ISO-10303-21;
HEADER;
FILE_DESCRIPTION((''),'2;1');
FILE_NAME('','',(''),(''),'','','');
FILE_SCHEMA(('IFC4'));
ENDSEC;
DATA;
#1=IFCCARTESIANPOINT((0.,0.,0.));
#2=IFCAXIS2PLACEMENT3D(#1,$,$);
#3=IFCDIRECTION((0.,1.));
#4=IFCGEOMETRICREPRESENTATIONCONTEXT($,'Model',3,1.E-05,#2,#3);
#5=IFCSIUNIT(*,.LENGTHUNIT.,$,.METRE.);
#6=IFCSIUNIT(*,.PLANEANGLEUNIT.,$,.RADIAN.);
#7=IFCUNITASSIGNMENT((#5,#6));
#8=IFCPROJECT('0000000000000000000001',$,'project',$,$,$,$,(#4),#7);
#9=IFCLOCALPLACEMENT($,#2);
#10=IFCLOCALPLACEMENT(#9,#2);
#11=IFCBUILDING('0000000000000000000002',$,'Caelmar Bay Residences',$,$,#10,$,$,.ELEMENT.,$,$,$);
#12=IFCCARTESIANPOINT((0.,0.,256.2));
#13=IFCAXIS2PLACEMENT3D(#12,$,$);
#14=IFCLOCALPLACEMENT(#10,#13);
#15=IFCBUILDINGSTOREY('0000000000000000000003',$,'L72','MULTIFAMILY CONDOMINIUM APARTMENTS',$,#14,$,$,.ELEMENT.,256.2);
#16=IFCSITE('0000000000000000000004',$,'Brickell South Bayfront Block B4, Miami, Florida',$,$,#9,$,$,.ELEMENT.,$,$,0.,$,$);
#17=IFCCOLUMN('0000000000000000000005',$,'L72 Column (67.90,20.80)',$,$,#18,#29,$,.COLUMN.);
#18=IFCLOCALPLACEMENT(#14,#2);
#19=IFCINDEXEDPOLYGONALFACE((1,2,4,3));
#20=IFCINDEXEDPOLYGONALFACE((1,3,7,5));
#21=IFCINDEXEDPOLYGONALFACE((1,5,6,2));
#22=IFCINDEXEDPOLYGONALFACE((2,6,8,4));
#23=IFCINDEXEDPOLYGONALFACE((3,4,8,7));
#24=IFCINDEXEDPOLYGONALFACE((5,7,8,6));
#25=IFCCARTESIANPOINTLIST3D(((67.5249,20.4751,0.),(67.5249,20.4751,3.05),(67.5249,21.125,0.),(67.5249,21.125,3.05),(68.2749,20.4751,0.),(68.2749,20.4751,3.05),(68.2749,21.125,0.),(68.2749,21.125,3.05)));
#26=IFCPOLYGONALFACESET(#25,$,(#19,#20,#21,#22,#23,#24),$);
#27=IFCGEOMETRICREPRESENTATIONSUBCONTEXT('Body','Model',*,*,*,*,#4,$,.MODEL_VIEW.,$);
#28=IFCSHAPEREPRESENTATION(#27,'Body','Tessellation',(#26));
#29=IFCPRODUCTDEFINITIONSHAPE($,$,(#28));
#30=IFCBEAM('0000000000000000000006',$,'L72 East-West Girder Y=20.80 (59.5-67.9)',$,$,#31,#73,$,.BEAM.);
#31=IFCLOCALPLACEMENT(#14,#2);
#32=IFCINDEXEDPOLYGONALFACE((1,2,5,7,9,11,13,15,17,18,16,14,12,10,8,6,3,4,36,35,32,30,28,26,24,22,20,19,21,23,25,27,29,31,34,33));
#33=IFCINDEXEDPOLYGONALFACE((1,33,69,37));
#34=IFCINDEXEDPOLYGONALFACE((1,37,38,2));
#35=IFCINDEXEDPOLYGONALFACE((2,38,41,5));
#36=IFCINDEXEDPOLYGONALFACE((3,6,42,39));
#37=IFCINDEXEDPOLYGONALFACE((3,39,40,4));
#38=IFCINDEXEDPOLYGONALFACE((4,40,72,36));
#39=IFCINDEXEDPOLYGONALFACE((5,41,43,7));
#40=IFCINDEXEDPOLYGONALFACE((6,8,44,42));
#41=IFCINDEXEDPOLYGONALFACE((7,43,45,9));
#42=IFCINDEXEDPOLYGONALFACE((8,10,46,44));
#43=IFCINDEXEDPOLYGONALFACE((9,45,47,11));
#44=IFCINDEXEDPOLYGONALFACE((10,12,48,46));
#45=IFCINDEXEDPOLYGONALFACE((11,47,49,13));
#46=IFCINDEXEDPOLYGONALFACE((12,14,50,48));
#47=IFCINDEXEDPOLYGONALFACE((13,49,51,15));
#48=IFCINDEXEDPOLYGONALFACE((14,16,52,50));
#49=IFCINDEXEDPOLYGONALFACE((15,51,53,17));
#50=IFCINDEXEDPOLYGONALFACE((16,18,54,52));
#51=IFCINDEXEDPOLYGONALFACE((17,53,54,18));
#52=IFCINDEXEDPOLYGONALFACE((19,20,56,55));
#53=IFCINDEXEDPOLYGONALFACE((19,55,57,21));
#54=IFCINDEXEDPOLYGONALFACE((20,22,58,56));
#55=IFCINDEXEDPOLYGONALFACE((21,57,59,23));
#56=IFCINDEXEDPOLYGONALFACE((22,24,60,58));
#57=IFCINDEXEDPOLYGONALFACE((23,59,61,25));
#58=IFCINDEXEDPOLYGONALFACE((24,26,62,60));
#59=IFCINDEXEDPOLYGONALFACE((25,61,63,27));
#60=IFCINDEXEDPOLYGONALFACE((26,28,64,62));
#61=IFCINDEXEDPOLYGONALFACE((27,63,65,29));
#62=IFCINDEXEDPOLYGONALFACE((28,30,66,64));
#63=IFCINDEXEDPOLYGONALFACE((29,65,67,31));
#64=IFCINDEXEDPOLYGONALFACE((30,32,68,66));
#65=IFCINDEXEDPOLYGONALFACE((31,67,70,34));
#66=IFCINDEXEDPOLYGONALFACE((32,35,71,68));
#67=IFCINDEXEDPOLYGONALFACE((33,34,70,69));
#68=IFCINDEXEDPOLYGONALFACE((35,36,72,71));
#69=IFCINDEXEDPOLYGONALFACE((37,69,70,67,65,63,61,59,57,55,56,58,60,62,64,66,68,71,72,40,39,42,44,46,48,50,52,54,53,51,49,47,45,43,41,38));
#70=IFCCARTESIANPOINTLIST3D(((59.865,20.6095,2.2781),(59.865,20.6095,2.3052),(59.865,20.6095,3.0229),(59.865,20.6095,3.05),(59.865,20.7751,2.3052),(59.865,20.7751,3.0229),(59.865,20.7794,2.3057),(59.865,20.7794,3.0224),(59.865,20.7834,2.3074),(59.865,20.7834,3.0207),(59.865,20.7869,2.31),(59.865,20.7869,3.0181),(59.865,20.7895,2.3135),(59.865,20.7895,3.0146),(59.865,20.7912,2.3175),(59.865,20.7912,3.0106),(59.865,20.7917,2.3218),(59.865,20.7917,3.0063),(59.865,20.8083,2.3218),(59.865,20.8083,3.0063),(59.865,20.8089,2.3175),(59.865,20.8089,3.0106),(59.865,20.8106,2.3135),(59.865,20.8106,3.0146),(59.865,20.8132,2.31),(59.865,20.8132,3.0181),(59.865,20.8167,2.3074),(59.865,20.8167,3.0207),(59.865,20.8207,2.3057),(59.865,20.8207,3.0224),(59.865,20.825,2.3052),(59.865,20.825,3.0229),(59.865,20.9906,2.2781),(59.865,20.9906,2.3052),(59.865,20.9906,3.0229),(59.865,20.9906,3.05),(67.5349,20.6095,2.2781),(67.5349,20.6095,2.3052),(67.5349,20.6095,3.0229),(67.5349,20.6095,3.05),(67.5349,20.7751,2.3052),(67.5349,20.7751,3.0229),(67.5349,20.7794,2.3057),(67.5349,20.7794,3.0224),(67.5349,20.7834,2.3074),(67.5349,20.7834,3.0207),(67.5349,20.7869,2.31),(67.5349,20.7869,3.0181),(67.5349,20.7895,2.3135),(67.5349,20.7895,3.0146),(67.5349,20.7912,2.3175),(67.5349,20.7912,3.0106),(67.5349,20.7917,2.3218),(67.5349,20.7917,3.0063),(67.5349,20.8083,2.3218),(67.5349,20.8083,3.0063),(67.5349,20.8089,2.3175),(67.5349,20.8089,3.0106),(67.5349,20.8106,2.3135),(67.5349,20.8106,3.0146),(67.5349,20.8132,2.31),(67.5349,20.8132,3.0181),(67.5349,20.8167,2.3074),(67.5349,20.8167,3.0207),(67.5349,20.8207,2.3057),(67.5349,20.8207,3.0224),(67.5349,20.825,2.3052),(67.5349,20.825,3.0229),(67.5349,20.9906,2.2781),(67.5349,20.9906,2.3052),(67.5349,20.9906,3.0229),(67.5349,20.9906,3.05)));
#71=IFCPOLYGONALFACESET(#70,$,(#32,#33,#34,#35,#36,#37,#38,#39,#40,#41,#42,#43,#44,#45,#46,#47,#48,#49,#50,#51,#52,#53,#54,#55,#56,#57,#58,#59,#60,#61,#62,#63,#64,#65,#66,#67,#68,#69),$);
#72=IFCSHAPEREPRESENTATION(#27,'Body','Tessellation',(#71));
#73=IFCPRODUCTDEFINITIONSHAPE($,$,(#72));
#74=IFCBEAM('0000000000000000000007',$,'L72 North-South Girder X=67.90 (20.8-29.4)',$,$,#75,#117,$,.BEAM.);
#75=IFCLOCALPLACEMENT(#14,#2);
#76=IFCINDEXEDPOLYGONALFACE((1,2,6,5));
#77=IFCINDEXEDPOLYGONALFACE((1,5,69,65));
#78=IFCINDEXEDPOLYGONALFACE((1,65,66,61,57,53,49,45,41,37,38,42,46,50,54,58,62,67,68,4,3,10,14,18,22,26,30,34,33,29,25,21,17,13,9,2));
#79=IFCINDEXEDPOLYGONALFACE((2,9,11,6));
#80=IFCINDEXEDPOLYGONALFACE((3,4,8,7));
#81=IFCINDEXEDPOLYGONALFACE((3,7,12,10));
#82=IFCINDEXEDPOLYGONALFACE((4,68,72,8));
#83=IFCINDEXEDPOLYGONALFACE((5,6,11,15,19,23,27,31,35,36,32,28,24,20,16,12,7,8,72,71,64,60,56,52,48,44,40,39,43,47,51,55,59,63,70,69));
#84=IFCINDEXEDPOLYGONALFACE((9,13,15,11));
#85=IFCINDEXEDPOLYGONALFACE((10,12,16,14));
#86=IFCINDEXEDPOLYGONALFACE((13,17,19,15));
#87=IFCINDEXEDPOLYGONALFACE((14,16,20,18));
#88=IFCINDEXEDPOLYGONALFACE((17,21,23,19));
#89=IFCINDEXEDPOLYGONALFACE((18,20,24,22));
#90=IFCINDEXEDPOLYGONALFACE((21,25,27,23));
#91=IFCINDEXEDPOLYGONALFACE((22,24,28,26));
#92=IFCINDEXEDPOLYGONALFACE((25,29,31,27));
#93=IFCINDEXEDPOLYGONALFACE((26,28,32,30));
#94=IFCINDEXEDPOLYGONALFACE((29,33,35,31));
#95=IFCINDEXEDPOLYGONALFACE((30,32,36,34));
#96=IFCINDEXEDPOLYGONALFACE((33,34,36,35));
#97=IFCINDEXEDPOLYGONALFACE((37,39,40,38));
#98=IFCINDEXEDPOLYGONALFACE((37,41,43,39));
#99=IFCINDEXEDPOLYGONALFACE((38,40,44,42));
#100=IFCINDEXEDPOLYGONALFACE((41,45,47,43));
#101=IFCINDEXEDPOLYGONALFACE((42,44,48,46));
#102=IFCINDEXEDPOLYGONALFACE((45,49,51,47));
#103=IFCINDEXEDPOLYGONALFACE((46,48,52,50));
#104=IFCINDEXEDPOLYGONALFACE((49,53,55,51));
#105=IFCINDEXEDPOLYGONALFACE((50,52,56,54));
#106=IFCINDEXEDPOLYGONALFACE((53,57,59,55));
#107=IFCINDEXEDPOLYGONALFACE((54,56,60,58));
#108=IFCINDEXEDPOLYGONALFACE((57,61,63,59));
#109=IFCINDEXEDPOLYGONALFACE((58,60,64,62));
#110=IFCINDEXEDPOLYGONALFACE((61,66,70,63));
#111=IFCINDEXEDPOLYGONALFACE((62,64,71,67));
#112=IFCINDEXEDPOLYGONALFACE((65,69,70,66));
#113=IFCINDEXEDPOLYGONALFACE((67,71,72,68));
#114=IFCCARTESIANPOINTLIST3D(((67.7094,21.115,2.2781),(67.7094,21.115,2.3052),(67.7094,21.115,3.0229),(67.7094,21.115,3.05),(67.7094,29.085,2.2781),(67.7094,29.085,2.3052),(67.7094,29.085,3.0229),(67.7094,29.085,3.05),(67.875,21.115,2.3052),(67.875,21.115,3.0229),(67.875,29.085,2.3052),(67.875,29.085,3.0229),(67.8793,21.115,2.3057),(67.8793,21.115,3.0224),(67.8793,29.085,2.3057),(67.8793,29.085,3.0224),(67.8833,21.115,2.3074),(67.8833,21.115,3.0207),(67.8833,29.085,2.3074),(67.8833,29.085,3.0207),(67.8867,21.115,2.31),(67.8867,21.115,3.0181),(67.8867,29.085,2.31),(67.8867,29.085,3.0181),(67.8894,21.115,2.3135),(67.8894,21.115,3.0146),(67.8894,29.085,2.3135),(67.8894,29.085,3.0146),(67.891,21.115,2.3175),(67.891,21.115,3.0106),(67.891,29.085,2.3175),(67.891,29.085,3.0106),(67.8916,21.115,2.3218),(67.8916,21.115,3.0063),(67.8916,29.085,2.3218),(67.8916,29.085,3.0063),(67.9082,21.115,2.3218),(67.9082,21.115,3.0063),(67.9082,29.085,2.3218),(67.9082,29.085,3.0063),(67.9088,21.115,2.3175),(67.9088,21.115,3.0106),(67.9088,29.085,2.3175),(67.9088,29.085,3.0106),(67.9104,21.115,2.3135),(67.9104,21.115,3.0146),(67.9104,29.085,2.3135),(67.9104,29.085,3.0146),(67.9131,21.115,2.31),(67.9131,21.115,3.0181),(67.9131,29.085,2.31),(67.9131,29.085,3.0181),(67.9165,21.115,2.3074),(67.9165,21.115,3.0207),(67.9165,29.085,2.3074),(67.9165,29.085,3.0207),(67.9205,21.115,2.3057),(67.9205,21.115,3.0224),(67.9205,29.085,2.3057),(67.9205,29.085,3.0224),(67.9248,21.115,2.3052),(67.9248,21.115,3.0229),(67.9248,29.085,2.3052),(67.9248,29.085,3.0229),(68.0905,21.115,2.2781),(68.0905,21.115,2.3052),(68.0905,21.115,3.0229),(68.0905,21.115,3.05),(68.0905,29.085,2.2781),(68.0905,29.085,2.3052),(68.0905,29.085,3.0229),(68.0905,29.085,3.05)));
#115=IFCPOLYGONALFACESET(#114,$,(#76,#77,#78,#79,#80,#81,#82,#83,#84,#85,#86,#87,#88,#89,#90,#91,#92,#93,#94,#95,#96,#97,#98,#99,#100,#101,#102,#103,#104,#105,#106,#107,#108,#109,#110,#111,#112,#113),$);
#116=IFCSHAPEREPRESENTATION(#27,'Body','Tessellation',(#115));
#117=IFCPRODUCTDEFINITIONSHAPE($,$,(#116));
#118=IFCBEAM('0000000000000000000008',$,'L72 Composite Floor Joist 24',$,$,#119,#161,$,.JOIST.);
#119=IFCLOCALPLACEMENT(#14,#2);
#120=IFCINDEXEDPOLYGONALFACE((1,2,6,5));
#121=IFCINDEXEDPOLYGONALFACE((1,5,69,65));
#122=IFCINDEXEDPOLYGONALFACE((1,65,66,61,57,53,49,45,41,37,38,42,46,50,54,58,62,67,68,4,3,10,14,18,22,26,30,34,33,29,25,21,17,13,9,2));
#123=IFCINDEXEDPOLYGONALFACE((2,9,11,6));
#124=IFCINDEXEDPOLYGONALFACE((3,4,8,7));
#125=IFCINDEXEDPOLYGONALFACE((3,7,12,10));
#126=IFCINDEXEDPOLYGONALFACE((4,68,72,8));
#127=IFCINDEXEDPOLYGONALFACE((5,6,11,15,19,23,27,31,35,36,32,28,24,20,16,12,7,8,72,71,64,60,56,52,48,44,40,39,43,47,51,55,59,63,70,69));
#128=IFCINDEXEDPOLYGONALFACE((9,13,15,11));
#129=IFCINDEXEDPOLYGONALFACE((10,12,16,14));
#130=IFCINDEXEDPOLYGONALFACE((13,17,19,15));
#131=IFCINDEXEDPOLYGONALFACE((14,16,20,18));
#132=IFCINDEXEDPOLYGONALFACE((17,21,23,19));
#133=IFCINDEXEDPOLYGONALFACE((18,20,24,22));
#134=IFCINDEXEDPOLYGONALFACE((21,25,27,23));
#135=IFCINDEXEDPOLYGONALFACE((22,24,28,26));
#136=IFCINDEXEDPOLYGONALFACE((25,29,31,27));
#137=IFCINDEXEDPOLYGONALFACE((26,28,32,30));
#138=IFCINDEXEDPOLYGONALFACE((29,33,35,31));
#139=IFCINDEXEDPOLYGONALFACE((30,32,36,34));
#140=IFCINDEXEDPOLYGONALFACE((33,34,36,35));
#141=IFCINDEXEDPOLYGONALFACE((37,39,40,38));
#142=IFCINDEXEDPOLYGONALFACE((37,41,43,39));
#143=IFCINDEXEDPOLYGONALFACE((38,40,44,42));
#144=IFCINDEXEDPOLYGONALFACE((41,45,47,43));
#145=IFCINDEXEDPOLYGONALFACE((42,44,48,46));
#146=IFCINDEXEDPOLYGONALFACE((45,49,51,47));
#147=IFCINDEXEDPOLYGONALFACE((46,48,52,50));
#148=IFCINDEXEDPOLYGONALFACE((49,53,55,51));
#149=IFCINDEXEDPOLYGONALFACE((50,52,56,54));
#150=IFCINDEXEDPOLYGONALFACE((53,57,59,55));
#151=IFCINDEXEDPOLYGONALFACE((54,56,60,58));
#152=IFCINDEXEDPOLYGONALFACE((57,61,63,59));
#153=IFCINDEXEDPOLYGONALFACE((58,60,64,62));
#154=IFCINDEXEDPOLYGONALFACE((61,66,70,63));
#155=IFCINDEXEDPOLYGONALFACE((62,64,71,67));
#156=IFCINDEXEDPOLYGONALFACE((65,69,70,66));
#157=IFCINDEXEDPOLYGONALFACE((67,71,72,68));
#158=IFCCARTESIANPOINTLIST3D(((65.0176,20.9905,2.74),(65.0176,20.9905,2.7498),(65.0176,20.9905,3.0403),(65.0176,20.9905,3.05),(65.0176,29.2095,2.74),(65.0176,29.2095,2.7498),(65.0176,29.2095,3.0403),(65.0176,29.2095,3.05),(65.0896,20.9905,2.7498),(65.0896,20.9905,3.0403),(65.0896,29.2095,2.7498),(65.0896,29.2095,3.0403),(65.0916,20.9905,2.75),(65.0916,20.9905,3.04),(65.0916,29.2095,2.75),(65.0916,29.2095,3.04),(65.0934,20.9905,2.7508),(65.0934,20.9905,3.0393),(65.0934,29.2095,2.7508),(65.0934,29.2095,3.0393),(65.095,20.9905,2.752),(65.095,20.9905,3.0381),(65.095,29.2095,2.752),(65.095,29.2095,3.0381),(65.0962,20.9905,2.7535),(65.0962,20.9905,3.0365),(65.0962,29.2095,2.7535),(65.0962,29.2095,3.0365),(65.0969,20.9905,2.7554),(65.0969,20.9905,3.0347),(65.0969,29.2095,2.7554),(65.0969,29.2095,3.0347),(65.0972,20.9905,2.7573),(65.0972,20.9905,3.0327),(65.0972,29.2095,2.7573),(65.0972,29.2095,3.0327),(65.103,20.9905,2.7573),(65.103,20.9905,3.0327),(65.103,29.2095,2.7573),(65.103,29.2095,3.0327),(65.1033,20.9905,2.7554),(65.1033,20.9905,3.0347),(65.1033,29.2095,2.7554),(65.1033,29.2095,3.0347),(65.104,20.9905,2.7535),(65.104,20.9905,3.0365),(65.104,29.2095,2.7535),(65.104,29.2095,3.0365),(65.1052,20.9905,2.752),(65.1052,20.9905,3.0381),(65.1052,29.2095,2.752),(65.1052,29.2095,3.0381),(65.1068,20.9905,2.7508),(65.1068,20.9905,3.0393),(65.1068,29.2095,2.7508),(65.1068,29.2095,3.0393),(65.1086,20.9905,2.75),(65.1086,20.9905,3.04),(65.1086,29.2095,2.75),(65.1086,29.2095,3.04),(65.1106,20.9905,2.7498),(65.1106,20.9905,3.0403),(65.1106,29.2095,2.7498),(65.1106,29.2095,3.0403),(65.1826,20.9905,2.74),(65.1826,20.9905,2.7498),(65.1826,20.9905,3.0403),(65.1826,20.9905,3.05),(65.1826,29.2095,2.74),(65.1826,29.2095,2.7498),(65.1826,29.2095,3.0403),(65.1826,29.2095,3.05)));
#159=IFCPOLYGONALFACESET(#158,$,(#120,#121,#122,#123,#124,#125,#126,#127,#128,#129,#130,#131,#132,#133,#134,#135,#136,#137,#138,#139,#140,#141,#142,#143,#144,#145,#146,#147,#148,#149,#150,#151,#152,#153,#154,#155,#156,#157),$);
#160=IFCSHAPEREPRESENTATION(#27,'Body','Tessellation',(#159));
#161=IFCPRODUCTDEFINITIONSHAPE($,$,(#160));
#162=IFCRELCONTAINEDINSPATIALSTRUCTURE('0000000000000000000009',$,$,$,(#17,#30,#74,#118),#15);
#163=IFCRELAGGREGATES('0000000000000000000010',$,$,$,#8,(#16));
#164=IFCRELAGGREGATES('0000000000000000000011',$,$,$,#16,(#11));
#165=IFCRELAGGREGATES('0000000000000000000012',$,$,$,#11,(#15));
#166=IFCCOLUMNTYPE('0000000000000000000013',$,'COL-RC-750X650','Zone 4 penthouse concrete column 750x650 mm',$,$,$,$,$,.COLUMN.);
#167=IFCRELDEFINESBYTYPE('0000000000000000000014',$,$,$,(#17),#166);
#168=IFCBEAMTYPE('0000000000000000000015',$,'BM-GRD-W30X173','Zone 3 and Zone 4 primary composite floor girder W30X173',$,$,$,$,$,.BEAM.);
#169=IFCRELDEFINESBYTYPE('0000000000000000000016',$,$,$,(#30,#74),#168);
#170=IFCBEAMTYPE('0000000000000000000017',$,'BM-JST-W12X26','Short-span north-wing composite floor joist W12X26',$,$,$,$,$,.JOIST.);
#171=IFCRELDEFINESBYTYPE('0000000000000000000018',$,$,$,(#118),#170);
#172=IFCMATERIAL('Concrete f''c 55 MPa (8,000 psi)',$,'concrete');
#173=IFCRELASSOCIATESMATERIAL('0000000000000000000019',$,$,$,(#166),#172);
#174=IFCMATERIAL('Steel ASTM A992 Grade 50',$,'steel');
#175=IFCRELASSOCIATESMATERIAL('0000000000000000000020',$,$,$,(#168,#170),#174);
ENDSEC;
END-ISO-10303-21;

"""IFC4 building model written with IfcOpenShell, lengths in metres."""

from ifc_helpers import new_model, si_unit, direction, frame, origin, origin_2d, place, context, subcontext, project, spatial, rectangle, i_section, extrude, material, material_profile, profile_set, type_object, element, save


model = new_model("IFC4")

# Units and contexts
model_context = context("Model", 3, precision=1e-05, world=origin(), true_north=direction((0.0, 1.0)))
body_context = subcontext(model_context, "Body", "Model", "MODEL_VIEW")
ifc_project = project(units=[si_unit("LENGTHUNIT", "METRE"), si_unit("PLANEANGLEUNIT", "RADIAN")], contexts=[model_context])

# Site, building, storey
site_placement = place(None, origin())
site = spatial("IfcSite", under=ifc_project, at=site_placement, Name="Brickell South Bayfront Block B4, Miami, Florida", CompositionType="ELEMENT", RefElevation=0.0)
building_placement = place(site_placement, origin())
building = spatial("IfcBuilding", under=site, at=building_placement, Name="Caelmar Bay Residences", CompositionType="ELEMENT")
storey_placement = place(building_placement, frame((0.0, 0.0, 256.2)))
storey = spatial("IfcBuildingStorey", under=building, at=storey_placement, Name="L72", Description="MULTIFAMILY CONDOMINIUM APARTMENTS", CompositionType="ELEMENT", Elevation=256.2)

# Column
ifc_material_1 = material(Name="Concrete f'c 55 MPa (8,000 psi)", Category="concrete")
ifc_material_profile_1 = material_profile(ifc_material_1, rectangle(XDim=0.75, YDim=0.6499, at=origin_2d()), Name="RC-COL-750X650")
ifc_profile_set_1 = profile_set([ifc_material_profile_1], Name="Concrete f'c 55 MPa (8,000 psi)")
column_type = type_object("IfcColumnType", Name="COL-RC-750X650", Description="Zone 4 penthouse concrete column 750x650 mm", PredefinedType="COLUMN", material=ifc_profile_set_1)
column_placement = place(storey_placement, frame((67.8999, 20.8, 0.0), z_axis=(0.0, 0.0, 1.0), x_axis=(1.0, 0.0, 0.0)))
element("IfcColumn", 1, at=column_placement, inside=storey, type_object=column_type, Name="L72 Column (67.90,20.80)", PredefinedType="COLUMN", context=body_context, shape_type="SweptSolid", body=[
    extrude(rectangle(XDim=0.75, YDim=0.6499, at=origin_2d()), origin(), (0.0, 0.0, 1.0), 3.05),
])

# Beams
ifc_material_2 = material(Name="Steel ASTM A992 Grade 50", Category="steel")
ifc_material_profile_2 = material_profile(ifc_material_2, i_section(OverallWidth=0.3811, OverallDepth=0.772, WebThickness=0.0166, FlangeThickness=0.0271, FilletRadius=0.0166, at=origin_2d()), Name="W30X173")
ifc_profile_set_2 = profile_set([ifc_material_profile_2], Name="Steel ASTM A992 Grade 50")
beam_type_1 = type_object("IfcBeamType", Name="BM-GRD-W30X173", Description="Zone 3 and Zone 4 primary composite floor girder W30X173", PredefinedType="BEAM", material=ifc_profile_set_2)
beam_1_placement = place(storey_placement, frame((59.865, 20.8, 2.6641), z_axis=(1.0, 0.0, 0.0), x_axis=(0.0, 1.0, 0.0)))
element("IfcBeam", 2, at=beam_1_placement, inside=storey, type_object=beam_type_1, Name="L72 East-West Girder Y=20.80 (59.5-67.9)", PredefinedType="BEAM", context=body_context, shape_type="SweptSolid", body=[
    extrude(i_section(OverallWidth=0.3811, OverallDepth=0.772, WebThickness=0.0166, FlangeThickness=0.0271, FilletRadius=0.0166, at=origin_2d()), origin(), (0.0, 0.0, 1.0), 7.6699),
])
beam_2_placement = place(storey_placement, frame((67.8999, 21.115, 2.6641), z_axis=(0.0, 1.0, 0.0), x_axis=(-1.0, 0.0, 0.0)))
element("IfcBeam", 3, at=beam_2_placement, inside=storey, type_object=beam_type_1, Name="L72 North-South Girder X=67.90 (20.8-29.4)", PredefinedType="BEAM", context=body_context, shape_type="SweptSolid", body=[
    extrude(i_section(OverallWidth=0.3811, OverallDepth=0.772, WebThickness=0.0166, FlangeThickness=0.0271, FilletRadius=0.0166, at=origin_2d()), origin(), (0.0, 0.0, 1.0), 7.97),
])
ifc_material_profile_3 = material_profile(ifc_material_2, i_section(OverallWidth=0.165, OverallDepth=0.3101, WebThickness=0.0059, FlangeThickness=0.0098, FilletRadius=0.0076, at=origin_2d()), Name="W12X26")
ifc_profile_set_3 = profile_set([ifc_material_profile_3], Name="Steel ASTM A992 Grade 50")
beam_type_2 = type_object("IfcBeamType", Name="BM-JST-W12X26", Description="Short-span north-wing composite floor joist W12X26", PredefinedType="JOIST", material=ifc_profile_set_3)
beam_3_placement = place(storey_placement, frame((65.1001, 20.9905, 2.895), z_axis=(0.0, 1.0, 0.0), x_axis=(-1.0, 0.0, 0.0)))
element("IfcBeam", 4, at=beam_3_placement, inside=storey, type_object=beam_type_2, Name="L72 Composite Floor Joist 24", PredefinedType="JOIST", context=body_context, shape_type="SweptSolid", body=[
    extrude(i_section(OverallWidth=0.165, OverallDepth=0.3101, WebThickness=0.0059, FlangeThickness=0.0098, FilletRadius=0.0076, at=origin_2d()), origin(), (0.0, 0.0, 1.0), 8.219),
])

save(model, "model.ifc")
